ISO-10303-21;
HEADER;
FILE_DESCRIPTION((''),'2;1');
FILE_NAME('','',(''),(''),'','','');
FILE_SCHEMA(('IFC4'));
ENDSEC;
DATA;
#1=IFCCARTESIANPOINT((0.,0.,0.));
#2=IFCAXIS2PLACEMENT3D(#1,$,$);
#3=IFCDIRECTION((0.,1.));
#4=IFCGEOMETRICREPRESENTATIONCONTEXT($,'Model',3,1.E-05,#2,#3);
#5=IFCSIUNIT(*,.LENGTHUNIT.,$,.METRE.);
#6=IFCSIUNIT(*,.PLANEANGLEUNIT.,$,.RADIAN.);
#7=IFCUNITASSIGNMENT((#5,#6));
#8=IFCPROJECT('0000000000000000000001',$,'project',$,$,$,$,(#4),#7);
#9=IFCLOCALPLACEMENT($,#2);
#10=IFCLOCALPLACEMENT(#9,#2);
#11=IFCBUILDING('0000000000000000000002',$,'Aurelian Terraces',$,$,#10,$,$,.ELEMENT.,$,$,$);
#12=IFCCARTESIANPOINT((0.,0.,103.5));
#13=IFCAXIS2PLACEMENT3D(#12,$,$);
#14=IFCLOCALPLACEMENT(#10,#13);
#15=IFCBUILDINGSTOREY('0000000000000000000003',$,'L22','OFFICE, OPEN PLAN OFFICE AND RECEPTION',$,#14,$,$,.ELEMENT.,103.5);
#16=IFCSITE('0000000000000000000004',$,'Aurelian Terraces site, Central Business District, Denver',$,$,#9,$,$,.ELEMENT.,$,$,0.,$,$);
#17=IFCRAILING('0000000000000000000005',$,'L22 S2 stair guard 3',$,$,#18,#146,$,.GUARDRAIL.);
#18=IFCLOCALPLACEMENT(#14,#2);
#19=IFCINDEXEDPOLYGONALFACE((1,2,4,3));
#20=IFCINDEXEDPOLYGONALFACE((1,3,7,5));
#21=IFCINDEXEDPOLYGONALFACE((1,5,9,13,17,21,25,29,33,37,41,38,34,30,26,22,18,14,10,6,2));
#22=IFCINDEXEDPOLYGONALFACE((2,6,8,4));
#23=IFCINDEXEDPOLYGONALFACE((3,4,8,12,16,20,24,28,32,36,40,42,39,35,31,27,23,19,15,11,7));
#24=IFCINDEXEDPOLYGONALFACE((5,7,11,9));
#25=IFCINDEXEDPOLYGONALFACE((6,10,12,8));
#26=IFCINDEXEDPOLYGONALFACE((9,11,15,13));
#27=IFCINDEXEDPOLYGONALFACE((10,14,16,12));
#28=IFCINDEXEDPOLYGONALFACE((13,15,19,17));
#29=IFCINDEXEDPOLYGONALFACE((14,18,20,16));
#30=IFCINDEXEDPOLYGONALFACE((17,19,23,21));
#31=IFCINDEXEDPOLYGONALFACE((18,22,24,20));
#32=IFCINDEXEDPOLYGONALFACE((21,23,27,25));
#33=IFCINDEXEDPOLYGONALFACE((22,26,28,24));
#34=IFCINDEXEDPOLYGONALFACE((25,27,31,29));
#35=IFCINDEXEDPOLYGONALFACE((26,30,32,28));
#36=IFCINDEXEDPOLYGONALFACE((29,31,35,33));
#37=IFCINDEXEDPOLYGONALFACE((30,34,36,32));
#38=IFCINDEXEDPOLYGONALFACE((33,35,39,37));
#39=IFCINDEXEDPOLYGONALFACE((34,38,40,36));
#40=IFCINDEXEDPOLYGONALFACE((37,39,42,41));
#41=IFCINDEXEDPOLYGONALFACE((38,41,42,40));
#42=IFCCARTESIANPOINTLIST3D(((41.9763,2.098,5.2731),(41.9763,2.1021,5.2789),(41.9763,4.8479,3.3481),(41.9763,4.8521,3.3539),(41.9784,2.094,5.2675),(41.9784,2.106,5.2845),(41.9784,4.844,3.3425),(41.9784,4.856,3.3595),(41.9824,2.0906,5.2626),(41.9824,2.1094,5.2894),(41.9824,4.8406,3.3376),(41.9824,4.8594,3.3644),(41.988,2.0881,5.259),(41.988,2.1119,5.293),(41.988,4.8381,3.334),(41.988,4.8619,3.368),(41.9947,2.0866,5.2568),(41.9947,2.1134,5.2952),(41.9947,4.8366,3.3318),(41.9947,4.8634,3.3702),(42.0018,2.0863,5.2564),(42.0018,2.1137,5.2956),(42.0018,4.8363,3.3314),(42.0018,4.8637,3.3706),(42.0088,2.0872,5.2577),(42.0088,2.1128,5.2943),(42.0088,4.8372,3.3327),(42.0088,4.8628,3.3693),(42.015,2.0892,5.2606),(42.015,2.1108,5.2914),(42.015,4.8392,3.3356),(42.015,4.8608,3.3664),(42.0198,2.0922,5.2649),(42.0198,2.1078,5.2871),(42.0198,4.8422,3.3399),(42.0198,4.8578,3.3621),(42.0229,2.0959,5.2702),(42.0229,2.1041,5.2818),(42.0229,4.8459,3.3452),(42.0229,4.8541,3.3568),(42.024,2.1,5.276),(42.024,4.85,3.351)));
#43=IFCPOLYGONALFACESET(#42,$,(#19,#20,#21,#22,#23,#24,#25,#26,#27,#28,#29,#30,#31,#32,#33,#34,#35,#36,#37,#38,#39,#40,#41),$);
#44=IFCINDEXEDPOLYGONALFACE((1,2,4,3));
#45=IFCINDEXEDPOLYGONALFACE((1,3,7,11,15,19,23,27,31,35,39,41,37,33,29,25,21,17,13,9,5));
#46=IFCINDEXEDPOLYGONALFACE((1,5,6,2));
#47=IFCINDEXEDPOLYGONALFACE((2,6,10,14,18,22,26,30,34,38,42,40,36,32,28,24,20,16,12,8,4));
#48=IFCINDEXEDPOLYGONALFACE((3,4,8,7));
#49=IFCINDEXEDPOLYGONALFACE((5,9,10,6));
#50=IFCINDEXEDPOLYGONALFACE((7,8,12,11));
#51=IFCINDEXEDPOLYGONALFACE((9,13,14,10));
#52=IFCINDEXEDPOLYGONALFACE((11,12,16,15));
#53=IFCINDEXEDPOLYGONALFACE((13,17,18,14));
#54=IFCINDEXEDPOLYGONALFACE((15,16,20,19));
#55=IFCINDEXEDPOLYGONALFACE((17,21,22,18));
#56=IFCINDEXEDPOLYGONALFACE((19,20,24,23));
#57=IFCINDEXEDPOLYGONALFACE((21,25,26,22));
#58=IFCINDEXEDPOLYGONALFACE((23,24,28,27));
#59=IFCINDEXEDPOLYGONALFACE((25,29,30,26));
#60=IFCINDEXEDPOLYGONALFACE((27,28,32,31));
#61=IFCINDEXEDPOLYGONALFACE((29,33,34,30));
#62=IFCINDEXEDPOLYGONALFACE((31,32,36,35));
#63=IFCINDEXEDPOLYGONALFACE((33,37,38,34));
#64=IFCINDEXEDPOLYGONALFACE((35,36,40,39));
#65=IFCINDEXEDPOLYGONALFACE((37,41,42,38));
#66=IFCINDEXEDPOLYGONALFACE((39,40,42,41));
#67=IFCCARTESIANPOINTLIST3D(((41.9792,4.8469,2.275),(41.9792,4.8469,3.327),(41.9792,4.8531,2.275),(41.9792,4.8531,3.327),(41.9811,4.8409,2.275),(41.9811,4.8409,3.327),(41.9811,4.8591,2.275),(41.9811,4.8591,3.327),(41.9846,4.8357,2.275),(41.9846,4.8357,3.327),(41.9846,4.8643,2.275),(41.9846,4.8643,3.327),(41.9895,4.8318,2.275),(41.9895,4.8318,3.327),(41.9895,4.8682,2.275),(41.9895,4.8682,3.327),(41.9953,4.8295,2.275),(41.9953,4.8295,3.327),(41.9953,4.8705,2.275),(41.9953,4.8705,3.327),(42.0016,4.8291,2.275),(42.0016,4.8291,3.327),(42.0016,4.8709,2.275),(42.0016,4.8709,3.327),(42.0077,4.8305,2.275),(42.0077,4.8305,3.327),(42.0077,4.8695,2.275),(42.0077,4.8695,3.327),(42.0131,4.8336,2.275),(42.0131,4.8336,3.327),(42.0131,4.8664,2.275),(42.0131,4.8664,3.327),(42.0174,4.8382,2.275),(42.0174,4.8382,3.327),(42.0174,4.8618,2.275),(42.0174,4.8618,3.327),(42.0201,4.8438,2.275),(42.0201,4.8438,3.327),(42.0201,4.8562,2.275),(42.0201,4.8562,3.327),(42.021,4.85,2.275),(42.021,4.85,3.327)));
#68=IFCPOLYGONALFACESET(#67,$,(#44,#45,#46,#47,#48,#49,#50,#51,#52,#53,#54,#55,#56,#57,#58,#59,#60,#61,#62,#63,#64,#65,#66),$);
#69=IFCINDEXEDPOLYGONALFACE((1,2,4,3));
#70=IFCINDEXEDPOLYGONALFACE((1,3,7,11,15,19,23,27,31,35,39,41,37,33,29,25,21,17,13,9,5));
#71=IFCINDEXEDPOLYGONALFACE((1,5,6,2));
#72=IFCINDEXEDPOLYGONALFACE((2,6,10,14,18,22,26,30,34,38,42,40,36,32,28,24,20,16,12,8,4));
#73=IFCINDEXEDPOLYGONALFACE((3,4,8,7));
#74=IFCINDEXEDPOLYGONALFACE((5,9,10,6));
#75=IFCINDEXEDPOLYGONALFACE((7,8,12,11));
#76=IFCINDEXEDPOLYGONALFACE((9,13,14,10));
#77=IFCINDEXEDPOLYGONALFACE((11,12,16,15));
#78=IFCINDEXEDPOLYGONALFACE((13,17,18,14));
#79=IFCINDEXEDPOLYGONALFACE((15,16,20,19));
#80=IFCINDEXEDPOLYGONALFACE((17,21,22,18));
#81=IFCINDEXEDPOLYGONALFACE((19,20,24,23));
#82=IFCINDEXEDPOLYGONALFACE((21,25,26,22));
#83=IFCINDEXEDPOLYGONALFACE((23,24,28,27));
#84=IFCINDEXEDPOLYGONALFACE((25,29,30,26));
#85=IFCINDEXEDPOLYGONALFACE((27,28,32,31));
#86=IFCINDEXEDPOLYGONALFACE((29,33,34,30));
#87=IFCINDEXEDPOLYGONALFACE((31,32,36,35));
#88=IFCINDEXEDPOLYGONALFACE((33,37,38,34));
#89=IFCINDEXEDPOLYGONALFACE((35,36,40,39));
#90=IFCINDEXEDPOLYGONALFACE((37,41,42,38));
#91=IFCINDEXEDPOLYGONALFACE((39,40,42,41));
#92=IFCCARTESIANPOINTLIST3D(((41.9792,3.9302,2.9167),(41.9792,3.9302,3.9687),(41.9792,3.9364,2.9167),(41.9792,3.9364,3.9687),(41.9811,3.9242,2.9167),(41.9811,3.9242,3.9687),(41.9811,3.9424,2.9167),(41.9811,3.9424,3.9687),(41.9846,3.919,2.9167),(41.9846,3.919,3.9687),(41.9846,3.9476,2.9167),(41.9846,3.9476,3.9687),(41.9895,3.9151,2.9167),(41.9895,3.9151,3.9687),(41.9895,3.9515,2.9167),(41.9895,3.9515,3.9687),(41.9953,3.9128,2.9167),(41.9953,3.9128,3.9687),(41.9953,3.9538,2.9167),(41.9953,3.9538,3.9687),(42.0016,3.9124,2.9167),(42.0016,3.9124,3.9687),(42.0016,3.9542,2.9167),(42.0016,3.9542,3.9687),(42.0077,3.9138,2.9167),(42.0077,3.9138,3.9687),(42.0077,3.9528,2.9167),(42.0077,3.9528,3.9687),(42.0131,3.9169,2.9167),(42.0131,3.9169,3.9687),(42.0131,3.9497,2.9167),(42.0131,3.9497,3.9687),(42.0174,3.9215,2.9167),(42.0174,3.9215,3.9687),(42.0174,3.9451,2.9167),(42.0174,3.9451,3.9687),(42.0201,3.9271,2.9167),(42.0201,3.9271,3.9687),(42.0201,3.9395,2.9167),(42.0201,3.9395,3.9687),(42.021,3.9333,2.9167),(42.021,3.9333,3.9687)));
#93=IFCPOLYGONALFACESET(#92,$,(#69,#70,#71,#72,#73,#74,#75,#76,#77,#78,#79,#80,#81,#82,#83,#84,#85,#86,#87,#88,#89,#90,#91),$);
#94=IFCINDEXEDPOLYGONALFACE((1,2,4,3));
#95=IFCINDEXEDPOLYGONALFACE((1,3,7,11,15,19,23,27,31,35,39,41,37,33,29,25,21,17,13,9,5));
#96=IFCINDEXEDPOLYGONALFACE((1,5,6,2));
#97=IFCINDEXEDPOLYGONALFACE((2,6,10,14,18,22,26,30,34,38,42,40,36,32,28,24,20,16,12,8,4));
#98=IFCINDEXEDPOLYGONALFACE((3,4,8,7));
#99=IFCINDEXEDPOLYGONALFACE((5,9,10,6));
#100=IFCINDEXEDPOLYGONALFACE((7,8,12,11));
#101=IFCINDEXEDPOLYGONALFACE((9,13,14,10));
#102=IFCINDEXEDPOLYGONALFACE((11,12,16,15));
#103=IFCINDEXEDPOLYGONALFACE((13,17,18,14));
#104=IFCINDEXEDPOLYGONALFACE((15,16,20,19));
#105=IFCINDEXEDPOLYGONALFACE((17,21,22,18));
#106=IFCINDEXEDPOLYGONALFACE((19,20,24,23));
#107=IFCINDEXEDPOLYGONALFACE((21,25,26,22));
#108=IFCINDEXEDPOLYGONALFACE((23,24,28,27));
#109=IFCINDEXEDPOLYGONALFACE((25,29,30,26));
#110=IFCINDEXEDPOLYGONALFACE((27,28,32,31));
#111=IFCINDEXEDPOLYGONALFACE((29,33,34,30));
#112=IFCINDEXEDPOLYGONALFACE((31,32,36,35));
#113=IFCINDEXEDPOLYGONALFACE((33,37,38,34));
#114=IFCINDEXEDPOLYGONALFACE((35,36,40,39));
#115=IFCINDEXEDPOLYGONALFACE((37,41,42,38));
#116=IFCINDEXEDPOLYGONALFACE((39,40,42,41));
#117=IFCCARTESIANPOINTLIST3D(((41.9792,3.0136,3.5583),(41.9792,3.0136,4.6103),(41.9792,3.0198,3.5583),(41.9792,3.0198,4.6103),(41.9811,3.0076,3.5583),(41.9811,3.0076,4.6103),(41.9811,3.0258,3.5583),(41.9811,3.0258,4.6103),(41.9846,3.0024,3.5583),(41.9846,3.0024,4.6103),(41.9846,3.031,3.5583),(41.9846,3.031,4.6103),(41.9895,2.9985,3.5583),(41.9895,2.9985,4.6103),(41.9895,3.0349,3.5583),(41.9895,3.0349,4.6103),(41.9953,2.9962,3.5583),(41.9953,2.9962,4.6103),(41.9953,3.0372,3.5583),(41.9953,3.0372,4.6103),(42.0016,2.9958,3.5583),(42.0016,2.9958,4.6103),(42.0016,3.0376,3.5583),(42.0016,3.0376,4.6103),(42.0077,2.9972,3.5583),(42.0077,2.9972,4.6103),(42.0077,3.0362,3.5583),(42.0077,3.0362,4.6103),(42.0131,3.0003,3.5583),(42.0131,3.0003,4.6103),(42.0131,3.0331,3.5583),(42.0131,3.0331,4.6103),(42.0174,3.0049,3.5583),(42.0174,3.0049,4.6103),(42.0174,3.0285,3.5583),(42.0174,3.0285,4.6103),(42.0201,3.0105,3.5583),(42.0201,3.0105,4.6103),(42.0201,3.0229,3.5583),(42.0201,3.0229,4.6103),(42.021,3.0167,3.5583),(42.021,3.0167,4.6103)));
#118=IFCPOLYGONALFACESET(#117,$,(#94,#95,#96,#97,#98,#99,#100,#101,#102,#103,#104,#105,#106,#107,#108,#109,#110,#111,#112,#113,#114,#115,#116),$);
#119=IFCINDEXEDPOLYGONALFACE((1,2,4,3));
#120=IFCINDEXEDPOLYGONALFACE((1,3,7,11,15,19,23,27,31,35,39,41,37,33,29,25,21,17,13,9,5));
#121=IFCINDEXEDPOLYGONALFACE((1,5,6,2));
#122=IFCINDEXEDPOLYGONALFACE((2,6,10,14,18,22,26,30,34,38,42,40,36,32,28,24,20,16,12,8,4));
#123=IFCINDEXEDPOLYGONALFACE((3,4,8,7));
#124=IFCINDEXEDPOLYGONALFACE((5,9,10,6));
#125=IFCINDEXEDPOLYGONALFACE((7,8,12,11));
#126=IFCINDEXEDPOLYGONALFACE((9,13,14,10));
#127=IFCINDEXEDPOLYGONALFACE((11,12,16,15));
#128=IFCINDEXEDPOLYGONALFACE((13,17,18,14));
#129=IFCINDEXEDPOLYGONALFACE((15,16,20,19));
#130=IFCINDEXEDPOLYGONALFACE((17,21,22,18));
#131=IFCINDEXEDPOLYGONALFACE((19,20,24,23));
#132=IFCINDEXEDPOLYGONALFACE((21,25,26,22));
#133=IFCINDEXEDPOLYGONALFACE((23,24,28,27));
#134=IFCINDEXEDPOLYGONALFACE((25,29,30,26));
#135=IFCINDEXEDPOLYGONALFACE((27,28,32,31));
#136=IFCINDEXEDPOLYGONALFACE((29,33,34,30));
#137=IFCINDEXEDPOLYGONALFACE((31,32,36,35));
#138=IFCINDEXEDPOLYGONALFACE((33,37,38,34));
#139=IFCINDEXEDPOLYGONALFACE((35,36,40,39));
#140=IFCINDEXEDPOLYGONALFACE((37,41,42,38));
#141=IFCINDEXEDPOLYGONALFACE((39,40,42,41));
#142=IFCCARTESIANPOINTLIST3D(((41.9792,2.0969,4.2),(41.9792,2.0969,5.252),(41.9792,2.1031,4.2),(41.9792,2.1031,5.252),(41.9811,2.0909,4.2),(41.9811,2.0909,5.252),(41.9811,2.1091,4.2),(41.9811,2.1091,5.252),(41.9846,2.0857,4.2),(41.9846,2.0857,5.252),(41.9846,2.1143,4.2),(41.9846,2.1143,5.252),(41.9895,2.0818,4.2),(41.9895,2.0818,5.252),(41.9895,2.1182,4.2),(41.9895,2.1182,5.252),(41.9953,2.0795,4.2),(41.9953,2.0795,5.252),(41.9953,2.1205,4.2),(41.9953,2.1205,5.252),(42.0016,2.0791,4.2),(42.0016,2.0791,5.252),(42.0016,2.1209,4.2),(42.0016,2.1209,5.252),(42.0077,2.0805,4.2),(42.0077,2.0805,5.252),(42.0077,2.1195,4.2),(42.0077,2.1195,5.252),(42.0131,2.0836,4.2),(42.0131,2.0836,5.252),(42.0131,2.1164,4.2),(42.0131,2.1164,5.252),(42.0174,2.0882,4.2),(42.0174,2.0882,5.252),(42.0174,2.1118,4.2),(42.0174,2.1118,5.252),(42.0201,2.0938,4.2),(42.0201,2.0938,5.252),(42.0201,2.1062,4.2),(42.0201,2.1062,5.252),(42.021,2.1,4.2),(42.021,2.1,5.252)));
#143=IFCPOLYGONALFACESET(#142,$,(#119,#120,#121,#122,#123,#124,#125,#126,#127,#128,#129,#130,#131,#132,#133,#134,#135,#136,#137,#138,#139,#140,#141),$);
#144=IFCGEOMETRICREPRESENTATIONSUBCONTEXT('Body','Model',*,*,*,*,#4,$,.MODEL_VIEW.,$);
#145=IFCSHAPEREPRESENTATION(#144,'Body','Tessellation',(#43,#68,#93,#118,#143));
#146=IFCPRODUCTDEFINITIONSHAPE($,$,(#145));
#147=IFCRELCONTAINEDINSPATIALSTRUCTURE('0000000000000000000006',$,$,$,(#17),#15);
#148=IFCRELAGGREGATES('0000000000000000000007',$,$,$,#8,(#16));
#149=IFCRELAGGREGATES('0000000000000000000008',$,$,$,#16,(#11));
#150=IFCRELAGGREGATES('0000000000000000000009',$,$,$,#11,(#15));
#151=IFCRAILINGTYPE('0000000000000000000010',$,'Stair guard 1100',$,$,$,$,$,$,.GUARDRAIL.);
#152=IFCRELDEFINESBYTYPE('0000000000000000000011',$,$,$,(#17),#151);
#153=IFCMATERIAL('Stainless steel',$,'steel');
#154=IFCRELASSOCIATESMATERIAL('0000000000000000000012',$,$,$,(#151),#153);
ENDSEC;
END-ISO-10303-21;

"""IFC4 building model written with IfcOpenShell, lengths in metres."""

from ifc_helpers import new_model, si_unit, direction, frame, origin, origin_2d, place, context, subcontext, project, spatial, circle, extrude, source, transform, mapped, material, type_object, element, save


model = new_model("IFC4")

# Units and contexts
model_context = context("Model", 3, precision=1e-05, world=origin(), true_north=direction((0.0, 1.0)))
body_context = subcontext(model_context, "Body", "Model", "MODEL_VIEW")
ifc_project = project(units=[si_unit("LENGTHUNIT", "METRE"), si_unit("PLANEANGLEUNIT", "RADIAN")], contexts=[model_context])

# Site, building, storey
site_placement = place(None, origin())
site = spatial("IfcSite", under=ifc_project, at=site_placement, Name="Aurelian Terraces site, Central Business District, Denver", CompositionType="ELEMENT", RefElevation=0.0)
building_placement = place(site_placement, origin())
building = spatial("IfcBuilding", under=site, at=building_placement, Name="Aurelian Terraces", CompositionType="ELEMENT")
storey_placement = place(building_placement, frame((0.0, 0.0, 103.5)))
storey = spatial("IfcBuildingStorey", under=building, at=storey_placement, Name="L22", Description="OFFICE, OPEN PLAN OFFICE AND RECEPTION", CompositionType="ELEMENT", Elevation=103.5)

# Railing
ifc_material_1 = material(Name="Stainless steel", Category="steel")
railing_type_1 = type_object("IfcRailingType", Name="Stair guard 1100", PredefinedType="GUARDRAIL", material=ifc_material_1)
shared_shape_1 = source(origin(), body_context, "Body", "SweptSolid", [
    extrude(circle(Radius=0.024, at=origin_2d()), frame((0.0, 0.0, 1.076), z_axis=(0.0, -0.819232, 0.573462), x_axis=(1.0, 0.0, 0.0)), (0.0, 0.0, 1.0), 3.3568),
    extrude(circle(Radius=0.021, at=origin_2d()), origin(), (0.0, 0.0, 1.0), 1.052),
    extrude(circle(Radius=0.021, at=origin_2d()), frame((0.0, -0.9167, 0.6417)), (0.0, 0.0, 1.0), 1.052),
    extrude(circle(Radius=0.021, at=origin_2d()), frame((0.0, -1.8333, 1.2833)), (0.0, 0.0, 1.0), 1.052),
    extrude(circle(Radius=0.021, at=origin_2d()), frame((0.0, -2.75, 1.925)), (0.0, 0.0, 1.0), 1.052),
])
railing_1_placement = place(storey_placement, frame((42.0, 4.85, 2.275)))
element("IfcRailing", 1, at=railing_1_placement, inside=storey, type_object=railing_type_1, Name="L22 S2 stair guard 3", PredefinedType="GUARDRAIL", context=body_context, shape_type="MappedRepresentation", body=[
    mapped(shared_shape_1, transform((0.0, 0.0, 0.0), scale=1.0)),
])

save(model, "model.ifc")
